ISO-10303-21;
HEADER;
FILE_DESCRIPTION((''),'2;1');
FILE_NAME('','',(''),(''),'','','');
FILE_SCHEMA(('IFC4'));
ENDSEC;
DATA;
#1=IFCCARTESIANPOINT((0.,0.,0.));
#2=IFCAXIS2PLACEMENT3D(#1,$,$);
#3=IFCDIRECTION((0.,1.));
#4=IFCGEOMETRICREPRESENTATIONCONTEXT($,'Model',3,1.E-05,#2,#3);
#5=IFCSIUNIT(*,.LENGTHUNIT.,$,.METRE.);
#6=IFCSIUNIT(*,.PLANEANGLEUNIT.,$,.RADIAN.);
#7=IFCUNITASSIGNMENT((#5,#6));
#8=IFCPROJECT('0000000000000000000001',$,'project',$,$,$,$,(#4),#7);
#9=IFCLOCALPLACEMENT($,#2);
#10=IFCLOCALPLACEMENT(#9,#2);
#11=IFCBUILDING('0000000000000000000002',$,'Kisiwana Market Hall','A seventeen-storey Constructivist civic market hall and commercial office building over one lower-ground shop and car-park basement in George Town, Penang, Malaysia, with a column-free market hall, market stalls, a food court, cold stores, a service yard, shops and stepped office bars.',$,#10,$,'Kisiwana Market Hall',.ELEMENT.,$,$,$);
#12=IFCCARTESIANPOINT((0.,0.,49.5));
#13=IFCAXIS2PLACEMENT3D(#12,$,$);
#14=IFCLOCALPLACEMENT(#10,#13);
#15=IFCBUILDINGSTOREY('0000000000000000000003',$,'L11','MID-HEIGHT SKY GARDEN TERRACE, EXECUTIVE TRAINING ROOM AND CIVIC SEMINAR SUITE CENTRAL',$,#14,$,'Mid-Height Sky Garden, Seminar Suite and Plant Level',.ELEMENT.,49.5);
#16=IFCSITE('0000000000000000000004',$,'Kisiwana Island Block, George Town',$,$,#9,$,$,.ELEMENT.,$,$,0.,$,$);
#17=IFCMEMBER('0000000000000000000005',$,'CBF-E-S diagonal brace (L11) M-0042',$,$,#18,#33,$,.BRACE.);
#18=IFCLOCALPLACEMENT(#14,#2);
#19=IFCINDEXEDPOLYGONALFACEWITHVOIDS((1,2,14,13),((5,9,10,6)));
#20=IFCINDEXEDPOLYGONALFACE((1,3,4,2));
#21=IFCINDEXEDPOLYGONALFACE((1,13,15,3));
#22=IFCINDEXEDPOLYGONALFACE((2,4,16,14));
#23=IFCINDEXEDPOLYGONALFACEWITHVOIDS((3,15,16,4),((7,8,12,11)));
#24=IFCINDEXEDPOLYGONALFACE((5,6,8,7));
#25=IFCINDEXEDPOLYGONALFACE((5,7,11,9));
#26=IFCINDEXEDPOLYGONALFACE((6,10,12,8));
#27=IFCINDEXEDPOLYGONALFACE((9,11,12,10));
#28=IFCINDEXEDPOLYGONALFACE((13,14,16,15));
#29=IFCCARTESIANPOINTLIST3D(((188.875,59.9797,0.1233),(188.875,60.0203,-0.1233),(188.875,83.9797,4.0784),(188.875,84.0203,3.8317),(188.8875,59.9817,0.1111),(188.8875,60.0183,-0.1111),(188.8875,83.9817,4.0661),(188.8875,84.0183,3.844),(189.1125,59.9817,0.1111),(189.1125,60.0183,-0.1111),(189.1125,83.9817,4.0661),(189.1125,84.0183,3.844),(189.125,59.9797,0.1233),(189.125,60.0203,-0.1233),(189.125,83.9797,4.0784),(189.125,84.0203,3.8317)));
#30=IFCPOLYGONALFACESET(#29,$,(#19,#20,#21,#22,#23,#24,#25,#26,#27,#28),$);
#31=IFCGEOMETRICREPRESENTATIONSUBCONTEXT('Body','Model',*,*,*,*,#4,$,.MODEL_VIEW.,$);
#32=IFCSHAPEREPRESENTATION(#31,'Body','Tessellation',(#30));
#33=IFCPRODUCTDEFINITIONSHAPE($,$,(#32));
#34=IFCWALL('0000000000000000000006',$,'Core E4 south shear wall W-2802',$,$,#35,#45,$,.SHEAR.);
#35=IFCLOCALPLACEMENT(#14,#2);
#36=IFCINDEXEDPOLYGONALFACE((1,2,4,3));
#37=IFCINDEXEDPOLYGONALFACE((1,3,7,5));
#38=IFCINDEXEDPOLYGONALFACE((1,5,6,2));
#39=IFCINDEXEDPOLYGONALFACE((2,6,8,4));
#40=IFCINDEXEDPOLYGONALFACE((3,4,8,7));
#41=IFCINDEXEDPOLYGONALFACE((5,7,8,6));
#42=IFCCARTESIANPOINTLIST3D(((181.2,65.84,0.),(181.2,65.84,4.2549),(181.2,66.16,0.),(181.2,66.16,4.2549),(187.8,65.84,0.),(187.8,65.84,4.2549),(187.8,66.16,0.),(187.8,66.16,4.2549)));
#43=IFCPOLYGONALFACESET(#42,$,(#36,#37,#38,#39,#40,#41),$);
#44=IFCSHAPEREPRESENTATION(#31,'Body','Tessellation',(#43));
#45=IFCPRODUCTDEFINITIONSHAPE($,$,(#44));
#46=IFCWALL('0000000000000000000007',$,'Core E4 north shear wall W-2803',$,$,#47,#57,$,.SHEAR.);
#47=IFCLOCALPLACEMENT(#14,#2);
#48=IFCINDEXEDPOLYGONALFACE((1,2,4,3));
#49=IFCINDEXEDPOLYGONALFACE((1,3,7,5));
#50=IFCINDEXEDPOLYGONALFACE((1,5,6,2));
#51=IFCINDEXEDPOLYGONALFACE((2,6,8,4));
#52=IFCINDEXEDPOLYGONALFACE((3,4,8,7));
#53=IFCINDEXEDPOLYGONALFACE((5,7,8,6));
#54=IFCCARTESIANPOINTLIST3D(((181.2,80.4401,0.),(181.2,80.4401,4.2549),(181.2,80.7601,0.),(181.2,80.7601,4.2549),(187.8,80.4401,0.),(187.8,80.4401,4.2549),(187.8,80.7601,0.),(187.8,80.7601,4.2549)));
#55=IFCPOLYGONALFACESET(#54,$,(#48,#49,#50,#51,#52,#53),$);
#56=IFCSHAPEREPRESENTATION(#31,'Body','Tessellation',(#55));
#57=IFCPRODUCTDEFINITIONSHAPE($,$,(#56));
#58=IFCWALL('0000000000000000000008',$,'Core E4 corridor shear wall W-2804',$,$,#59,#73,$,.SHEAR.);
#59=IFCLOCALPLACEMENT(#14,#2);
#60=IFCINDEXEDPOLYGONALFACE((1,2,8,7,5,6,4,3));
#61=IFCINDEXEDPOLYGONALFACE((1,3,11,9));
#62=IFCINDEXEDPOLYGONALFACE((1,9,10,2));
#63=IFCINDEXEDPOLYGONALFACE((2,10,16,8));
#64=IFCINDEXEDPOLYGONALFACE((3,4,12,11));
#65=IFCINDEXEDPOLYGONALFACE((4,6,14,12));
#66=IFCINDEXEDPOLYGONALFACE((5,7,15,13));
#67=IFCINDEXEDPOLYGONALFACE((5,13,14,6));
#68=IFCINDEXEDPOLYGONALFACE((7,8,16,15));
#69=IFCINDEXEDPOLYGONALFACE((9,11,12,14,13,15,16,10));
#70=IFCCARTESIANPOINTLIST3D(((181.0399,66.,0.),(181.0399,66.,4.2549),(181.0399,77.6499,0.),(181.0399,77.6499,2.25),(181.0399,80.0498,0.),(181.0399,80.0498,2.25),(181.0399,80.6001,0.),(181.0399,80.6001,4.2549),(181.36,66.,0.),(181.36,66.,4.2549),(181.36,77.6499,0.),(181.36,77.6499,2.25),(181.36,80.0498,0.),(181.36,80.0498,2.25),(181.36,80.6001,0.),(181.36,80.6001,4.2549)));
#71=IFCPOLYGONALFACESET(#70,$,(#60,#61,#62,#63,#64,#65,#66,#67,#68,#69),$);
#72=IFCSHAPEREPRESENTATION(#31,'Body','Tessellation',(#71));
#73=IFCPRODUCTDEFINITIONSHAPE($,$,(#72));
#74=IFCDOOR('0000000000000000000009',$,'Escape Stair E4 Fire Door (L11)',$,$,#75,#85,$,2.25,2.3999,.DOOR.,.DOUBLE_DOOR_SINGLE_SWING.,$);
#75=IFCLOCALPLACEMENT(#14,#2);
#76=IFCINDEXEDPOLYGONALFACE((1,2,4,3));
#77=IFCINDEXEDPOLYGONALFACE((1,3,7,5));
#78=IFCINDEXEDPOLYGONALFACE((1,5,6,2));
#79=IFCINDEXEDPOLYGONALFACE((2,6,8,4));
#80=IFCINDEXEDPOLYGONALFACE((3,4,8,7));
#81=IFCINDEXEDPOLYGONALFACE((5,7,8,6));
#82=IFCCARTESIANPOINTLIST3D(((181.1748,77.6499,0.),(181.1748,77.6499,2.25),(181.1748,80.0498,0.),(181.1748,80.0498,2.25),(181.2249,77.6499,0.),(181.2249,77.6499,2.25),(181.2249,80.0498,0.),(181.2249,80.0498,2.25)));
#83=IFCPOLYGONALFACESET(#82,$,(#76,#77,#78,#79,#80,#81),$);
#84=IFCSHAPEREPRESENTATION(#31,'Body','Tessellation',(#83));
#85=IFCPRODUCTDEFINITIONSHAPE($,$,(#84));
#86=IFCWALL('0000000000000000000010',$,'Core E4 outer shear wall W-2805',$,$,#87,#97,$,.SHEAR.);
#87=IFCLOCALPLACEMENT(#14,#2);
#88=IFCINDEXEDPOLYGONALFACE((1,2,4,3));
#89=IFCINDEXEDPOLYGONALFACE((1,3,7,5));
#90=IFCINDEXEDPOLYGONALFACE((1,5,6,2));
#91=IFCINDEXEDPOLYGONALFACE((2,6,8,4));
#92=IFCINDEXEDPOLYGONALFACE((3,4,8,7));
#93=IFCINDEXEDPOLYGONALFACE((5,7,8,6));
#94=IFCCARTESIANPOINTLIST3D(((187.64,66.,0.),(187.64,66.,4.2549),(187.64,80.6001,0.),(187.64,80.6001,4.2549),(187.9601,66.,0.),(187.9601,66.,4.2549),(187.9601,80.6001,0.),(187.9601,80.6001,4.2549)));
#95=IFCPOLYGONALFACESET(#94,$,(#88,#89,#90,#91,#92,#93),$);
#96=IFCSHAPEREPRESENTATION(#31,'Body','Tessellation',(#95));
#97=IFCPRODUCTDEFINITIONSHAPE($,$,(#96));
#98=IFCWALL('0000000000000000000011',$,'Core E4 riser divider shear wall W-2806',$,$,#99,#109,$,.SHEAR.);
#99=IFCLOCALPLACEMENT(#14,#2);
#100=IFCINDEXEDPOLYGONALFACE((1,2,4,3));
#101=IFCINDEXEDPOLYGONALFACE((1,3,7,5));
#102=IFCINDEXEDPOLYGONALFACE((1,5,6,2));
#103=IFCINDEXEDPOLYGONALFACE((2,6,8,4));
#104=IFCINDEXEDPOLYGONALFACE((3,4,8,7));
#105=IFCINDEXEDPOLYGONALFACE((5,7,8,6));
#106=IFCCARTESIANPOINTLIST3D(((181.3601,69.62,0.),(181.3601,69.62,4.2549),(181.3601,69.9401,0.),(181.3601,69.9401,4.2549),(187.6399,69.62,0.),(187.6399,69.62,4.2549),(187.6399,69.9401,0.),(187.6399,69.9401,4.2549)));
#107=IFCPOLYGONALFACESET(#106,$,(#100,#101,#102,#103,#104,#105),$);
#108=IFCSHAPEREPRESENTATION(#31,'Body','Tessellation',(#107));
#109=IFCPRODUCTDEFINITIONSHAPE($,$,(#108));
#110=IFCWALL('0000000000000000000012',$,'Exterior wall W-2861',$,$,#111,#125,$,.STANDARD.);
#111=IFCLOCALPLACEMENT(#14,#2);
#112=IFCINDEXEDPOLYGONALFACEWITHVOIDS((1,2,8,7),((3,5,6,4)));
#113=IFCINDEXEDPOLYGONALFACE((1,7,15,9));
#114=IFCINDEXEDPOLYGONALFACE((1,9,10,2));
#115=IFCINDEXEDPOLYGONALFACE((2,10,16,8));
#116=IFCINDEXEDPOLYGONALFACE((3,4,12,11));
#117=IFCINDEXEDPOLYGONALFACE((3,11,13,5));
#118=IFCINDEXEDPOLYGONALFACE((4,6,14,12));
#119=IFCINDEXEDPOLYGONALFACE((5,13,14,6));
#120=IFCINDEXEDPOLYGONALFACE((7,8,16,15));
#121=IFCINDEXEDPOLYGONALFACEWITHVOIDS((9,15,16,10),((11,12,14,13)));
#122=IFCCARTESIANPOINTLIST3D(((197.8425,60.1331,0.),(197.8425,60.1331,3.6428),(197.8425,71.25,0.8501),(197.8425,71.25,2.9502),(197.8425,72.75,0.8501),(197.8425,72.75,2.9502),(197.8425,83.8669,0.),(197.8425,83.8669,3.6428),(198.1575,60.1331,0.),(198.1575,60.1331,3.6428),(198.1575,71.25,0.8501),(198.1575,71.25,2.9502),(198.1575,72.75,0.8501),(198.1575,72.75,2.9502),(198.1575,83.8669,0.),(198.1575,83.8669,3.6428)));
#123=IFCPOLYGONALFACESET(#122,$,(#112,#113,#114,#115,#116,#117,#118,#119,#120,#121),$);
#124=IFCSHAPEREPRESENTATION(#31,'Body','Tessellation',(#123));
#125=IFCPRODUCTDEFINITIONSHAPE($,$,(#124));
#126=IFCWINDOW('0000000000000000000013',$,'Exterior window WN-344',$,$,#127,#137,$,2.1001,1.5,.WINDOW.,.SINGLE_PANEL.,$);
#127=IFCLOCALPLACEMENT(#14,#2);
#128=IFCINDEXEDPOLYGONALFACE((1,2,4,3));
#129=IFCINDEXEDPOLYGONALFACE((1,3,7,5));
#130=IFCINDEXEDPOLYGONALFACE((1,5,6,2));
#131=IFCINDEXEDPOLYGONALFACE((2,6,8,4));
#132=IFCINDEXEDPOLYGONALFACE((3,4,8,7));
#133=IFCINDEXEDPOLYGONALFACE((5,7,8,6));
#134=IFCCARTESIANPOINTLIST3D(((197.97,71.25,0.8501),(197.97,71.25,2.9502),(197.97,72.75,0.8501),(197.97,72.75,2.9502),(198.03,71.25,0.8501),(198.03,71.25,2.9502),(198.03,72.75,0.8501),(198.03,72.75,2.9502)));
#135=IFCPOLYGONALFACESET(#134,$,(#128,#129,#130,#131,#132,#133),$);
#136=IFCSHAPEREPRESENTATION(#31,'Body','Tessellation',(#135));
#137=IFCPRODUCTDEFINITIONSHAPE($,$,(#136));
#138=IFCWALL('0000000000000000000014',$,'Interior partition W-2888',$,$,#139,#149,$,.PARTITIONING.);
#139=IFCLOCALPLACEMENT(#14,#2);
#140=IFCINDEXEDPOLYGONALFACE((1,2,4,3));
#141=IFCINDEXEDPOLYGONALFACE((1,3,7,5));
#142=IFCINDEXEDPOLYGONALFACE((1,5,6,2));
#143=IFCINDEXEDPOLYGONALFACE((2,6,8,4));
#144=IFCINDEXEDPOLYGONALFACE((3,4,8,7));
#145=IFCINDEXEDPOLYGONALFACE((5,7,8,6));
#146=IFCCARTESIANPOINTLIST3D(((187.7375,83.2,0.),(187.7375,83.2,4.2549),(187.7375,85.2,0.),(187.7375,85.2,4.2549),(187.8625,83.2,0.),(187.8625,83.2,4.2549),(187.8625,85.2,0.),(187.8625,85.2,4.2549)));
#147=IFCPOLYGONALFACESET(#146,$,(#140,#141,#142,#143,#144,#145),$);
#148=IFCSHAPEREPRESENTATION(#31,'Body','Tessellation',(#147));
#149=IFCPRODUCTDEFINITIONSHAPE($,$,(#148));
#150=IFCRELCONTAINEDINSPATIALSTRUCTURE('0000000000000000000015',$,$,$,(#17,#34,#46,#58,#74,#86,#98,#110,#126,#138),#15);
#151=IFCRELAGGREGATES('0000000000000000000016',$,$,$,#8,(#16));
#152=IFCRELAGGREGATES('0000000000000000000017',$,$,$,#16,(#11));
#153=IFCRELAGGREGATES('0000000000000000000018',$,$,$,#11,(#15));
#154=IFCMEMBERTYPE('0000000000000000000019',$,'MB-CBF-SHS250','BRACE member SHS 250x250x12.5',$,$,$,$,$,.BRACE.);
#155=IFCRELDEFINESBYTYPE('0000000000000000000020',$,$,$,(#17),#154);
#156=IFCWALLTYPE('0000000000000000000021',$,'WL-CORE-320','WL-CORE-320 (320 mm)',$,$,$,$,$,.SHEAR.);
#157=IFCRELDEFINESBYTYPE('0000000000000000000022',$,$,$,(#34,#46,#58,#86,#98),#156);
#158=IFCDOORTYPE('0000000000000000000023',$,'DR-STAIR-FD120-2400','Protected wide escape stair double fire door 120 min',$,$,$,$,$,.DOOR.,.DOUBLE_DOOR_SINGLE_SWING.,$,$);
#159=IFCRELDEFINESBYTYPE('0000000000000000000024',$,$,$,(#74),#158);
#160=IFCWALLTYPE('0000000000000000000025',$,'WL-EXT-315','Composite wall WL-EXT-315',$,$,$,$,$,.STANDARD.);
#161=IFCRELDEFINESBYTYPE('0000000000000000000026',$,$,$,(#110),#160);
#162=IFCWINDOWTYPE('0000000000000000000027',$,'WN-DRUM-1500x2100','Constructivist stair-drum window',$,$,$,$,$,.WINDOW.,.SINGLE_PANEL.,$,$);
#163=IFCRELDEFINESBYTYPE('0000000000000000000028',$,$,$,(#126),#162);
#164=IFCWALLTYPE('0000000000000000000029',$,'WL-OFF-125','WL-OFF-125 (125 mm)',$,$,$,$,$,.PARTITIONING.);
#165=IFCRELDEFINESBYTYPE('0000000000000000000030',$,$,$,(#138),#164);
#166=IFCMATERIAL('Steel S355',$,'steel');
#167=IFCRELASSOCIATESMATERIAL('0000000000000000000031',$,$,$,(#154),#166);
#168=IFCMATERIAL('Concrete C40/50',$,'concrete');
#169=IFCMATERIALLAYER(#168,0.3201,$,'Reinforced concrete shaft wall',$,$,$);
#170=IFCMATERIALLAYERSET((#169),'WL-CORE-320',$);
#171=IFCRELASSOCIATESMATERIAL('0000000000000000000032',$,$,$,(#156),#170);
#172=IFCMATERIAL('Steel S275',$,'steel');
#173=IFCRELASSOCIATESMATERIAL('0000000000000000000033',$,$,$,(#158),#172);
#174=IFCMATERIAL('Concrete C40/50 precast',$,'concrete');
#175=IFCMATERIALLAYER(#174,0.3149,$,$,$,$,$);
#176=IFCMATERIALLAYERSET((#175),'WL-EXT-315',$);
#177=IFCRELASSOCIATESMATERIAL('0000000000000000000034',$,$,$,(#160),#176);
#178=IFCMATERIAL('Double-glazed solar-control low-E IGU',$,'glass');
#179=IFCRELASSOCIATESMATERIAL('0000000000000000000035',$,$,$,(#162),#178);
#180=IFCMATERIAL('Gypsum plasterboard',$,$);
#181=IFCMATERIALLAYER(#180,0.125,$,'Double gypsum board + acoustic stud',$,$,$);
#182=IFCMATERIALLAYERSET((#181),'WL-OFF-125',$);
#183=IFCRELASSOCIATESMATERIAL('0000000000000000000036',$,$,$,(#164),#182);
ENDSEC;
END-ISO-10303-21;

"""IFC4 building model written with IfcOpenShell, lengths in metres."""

from ifc_helpers import new_model, si_unit, direction, frame, frame_2d, origin, origin_2d, place, context, subcontext, project, spatial, rectangle, hollow_rectangle, extrude, material, layer, layer_set, material_profile, profile_set, type_object, element, fill, save


model = new_model("IFC4")

# Units and contexts
model_context = context("Model", 3, precision=1e-05, world=origin(), true_north=direction((0.0, 1.0)))
body_context = subcontext(model_context, "Body", "Model", "MODEL_VIEW")
ifc_project = project(units=[si_unit("LENGTHUNIT", "METRE"), si_unit("PLANEANGLEUNIT", "RADIAN")], contexts=[model_context])

# Site, building, storey
site_placement = place(None, origin())
site = spatial("IfcSite", under=ifc_project, at=site_placement, Name="Kisiwana Island Block, George Town", CompositionType="ELEMENT", RefElevation=0.0)
building_placement = place(site_placement, origin())
building = spatial("IfcBuilding", under=site, at=building_placement, Name="Kisiwana Market Hall", Description="A seventeen-storey Constructivist civic market hall and commercial office building over one lower-ground shop and car-park basement in George Town, Penang, Malaysia, with a column-free market hall, market stalls, a food court, cold stores, a service yard, shops and stepped office bars.", LongName="Kisiwana Market Hall", CompositionType="ELEMENT")
storey_placement = place(building_placement, frame((0.0, 0.0, 49.5)))
storey = spatial("IfcBuildingStorey", under=building, at=storey_placement, Name="L11", Description="MID-HEIGHT SKY GARDEN TERRACE, EXECUTIVE TRAINING ROOM AND CIVIC SEMINAR SUITE CENTRAL", LongName="Mid-Height Sky Garden, Seminar Suite and Plant Level", CompositionType="ELEMENT", Elevation=49.5)

# Member
ifc_material_1 = material(Name="Steel S355", Category="steel")
ifc_material_profile_1 = material_profile(ifc_material_1, hollow_rectangle(XDim=0.25, YDim=0.25, WallThickness=0.0125, at=origin_2d()), Name="SHS 250x250x12.5")
ifc_profile_set_1 = profile_set([ifc_material_profile_1], Name="Steel S355")
member_type = type_object("IfcMemberType", Name="MB-CBF-SHS250", Description="BRACE member SHS 250x250x12.5", PredefinedType="BRACE", material=ifc_profile_set_1)
member_placement = place(storey_placement, frame((189.0, 60.0, 0.0), z_axis=(0.0, 0.986692, 0.162602), x_axis=(-1.0, 0.0, 0.0)))
element("IfcMember", 1, at=member_placement, inside=storey, type_object=member_type, Name="CBF-E-S diagonal brace (L11) M-0042", PredefinedType="BRACE", context=body_context, shape_type="SweptSolid", body=[
    extrude(hollow_rectangle(XDim=0.25, YDim=0.25, WallThickness=0.0125, at=origin_2d()), origin(), (0.0, 0.0, 1.0), 24.3237),
])

# Walls
ifc_material_2 = material(Name="Concrete C40/50", Category="concrete")
ifc_layer_1 = layer(ifc_material_2, 0.3201, Name="Reinforced concrete shaft wall")
ifc_layer_set_1 = layer_set([ifc_layer_1], Name="WL-CORE-320")
wall_type_1 = type_object("IfcWallType", Name="WL-CORE-320", Description="WL-CORE-320 (320 mm)", PredefinedType="SHEAR", material=ifc_layer_set_1)
for number, where, z_axis, x_axis, name in (
    (2, (181.2, 66.0, 0.0), (0.0, 0.0, 1.0), (1.0, 0.0, 0.0), "Core E4 south shear wall W-2802"),
    (3, (181.2, 80.6001, 0.0), (0.0, 0.0, 1.0), (1.0, 0.0, 0.0), "Core E4 north shear wall W-2803"),
):
    element("IfcWall", number, at=place(storey_placement, frame(where, z_axis=z_axis, x_axis=x_axis)), inside=storey, type_object=wall_type_1, Name=name, PredefinedType="SHEAR", context=body_context, shape_type="SweptSolid", body=[
        extrude(rectangle(XDim=6.6001, YDim=0.3201, at=frame_2d((3.3, 0.0))), origin(), (0.0, 0.0, 1.0), 4.2549),
    ])

# Wall, opening, door
wall_1_placement = place(storey_placement, frame((181.2, 66.0, 0.0), z_axis=(0.0, 0.0, 1.0), x_axis=(0.0, 1.0, 0.0)))
wall_1 = element("IfcWall", 4, at=wall_1_placement, inside=storey, type_object=wall_type_1, Name="Core E4 corridor shear wall W-2804", PredefinedType="SHEAR", context=body_context, shape_type="SweptSolid", body=[
    extrude(rectangle(XDim=14.6001, YDim=0.3201, at=frame_2d((7.3, 0.0))), origin(), (0.0, 0.0, 1.0), 4.2549),
])
opening_1_placement = place(wall_1_placement, frame((11.6499, 0.0, 0.0)))
opening_1 = element("IfcOpeningElement", 5, at=opening_1_placement, cuts=wall_1, PredefinedType="OPENING", context=body_context, shape_type="SweptSolid", body=[
    extrude(rectangle(XDim=2.3999, YDim=2.25, at=frame_2d((1.2, 1.125))), frame((0.0, 0.1719, 0.0), z_axis=(0.0, -1.0, 0.0), x_axis=(1.0, 0.0, 0.0)), (0.0, 0.0, 1.0), 0.344),
])
ifc_material_3 = material(Name="Steel S275", Category="steel")
door_type_1 = type_object("IfcDoorType", Name="DR-STAIR-FD120-2400", Description="Protected wide escape stair double fire door 120 min", OperationType="DOUBLE_DOOR_SINGLE_SWING", PredefinedType="DOOR", material=ifc_material_3)
door_1_placement = place(opening_1_placement, frame((2.3999, 0.0, 0.0), z_axis=(0.0, 0.0, 1.0), x_axis=(-1.0, 0.0, 0.0)))
door_1 = element("IfcDoor", 6, at=door_1_placement, inside=storey, type_object=door_type_1, Name="Escape Stair E4 Fire Door (L11)", OperationType="DOUBLE_DOOR_SINGLE_SWING", OverallHeight=2.25, OverallWidth=2.3999, PredefinedType="DOOR", context=body_context, shape_type="SweptSolid", body=[
    extrude(rectangle(XDim=2.3999, YDim=2.25, at=frame_2d((1.2, 1.125))), frame((0.0, 0.0249, 0.0), z_axis=(0.0, -1.0, 0.0), x_axis=(1.0, 0.0, 0.0)), (0.0, 0.0, 1.0), 0.05),
])
fill(opening_1, door_1)

# Walls
wall_2_placement = place(storey_placement, frame((187.8, 66.0, 0.0), z_axis=(0.0, 0.0, 1.0), x_axis=(0.0, 1.0, 0.0)))
element("IfcWall", 7, at=wall_2_placement, inside=storey, type_object=wall_type_1, Name="Core E4 outer shear wall W-2805", PredefinedType="SHEAR", context=body_context, shape_type="SweptSolid", body=[
    extrude(rectangle(XDim=14.6001, YDim=0.3201, at=frame_2d((7.3, 0.0))), origin(), (0.0, 0.0, 1.0), 4.2549),
])
wall_3_placement = place(storey_placement, frame((181.3601, 69.78, 0.0), z_axis=(0.0, 0.0, 1.0), x_axis=(1.0, 0.0, 0.0)))
element("IfcWall", 8, at=wall_3_placement, inside=storey, type_object=wall_type_1, Name="Core E4 riser divider shear wall W-2806", PredefinedType="SHEAR", context=body_context, shape_type="SweptSolid", body=[
    extrude(rectangle(XDim=6.2798, YDim=0.3201, at=frame_2d((3.1399, 0.0))), origin(), (0.0, 0.0, 1.0), 4.2549),
])

# Wall, opening, window
ifc_material_4 = material(Name="Concrete C40/50 precast", Category="concrete")
ifc_layer_2 = layer(ifc_material_4, 0.3149)
ifc_layer_set_2 = layer_set([ifc_layer_2], Name="WL-EXT-315")
wall_type_2 = type_object("IfcWallType", Name="WL-EXT-315", Description="Composite wall WL-EXT-315", PredefinedType="STANDARD", material=ifc_layer_set_2)
wall_4_placement = place(storey_placement, frame((198.0, 60.1331, 0.0), z_axis=(0.0, 0.0, 1.0), x_axis=(0.0, 1.0, 0.0)))
wall_4 = element("IfcWall", 9, at=wall_4_placement, inside=storey, type_object=wall_type_2, Name="Exterior wall W-2861", PredefinedType="STANDARD", context=body_context, shape_type="SweptSolid", body=[
    extrude(rectangle(XDim=23.7339, YDim=0.3149, at=frame_2d((11.8669, 0.0))), origin(), (0.0, 0.0, 1.0), 3.6428),
])
opening_2_placement = place(wall_4_placement, frame((11.1169, 0.0, 0.8501)))
opening_2 = element("IfcOpeningElement", 10, at=opening_2_placement, cuts=wall_4, PredefinedType="OPENING", context=body_context, shape_type="SweptSolid", body=[
    extrude(rectangle(XDim=1.5, YDim=2.1001, at=frame_2d((0.75, 1.05))), frame((0.0, 0.1694, 0.0), z_axis=(0.0, -1.0, 0.0), x_axis=(1.0, 0.0, 0.0)), (0.0, 0.0, 1.0), 0.3389),
])
ifc_material_5 = material(Name="Double-glazed solar-control low-E IGU", Category="glass")
window_type = type_object("IfcWindowType", Name="WN-DRUM-1500x2100", Description="Constructivist stair-drum window", PartitioningType="SINGLE_PANEL", PredefinedType="WINDOW", material=ifc_material_5)
window_placement = place(opening_2_placement, origin())
window = element("IfcWindow", 11, at=window_placement, inside=storey, type_object=window_type, Name="Exterior window WN-344", OverallHeight=2.1001, OverallWidth=1.5, PartitioningType="SINGLE_PANEL", PredefinedType="WINDOW", context=body_context, shape_type="SweptSolid", body=[
    extrude(rectangle(XDim=1.5, YDim=2.1001, at=frame_2d((0.75, 1.05))), frame((0.0, 0.03, 0.0), z_axis=(0.0, -1.0, 0.0), x_axis=(1.0, 0.0, 0.0)), (0.0, 0.0, 1.0), 0.0601),
])
fill(opening_2, window)

# Wall
ifc_material_6 = material(Name="Gypsum plasterboard")
ifc_layer_3 = layer(ifc_material_6, 0.125, Name="Double gypsum board + acoustic stud")
ifc_layer_set_3 = layer_set([ifc_layer_3], Name="WL-OFF-125")
wall_type_3 = type_object("IfcWallType", Name="WL-OFF-125", Description="WL-OFF-125 (125 mm)", PredefinedType="PARTITIONING", material=ifc_layer_set_3)
wall_5_placement = place(storey_placement, frame((187.8, 83.2, 0.0), z_axis=(0.0, 0.0, 1.0), x_axis=(0.0, 1.0, 0.0)))
element("IfcWall", 12, at=wall_5_placement, inside=storey, type_object=wall_type_3, Name="Interior partition W-2888", PredefinedType="PARTITIONING", context=body_context, shape_type="SweptSolid", body=[
    extrude(rectangle(XDim=2.0, YDim=0.125, at=frame_2d((1.0, 0.0))), origin(), (0.0, 0.0, 1.0), 4.2549),
])

save(model, "model.ifc")
